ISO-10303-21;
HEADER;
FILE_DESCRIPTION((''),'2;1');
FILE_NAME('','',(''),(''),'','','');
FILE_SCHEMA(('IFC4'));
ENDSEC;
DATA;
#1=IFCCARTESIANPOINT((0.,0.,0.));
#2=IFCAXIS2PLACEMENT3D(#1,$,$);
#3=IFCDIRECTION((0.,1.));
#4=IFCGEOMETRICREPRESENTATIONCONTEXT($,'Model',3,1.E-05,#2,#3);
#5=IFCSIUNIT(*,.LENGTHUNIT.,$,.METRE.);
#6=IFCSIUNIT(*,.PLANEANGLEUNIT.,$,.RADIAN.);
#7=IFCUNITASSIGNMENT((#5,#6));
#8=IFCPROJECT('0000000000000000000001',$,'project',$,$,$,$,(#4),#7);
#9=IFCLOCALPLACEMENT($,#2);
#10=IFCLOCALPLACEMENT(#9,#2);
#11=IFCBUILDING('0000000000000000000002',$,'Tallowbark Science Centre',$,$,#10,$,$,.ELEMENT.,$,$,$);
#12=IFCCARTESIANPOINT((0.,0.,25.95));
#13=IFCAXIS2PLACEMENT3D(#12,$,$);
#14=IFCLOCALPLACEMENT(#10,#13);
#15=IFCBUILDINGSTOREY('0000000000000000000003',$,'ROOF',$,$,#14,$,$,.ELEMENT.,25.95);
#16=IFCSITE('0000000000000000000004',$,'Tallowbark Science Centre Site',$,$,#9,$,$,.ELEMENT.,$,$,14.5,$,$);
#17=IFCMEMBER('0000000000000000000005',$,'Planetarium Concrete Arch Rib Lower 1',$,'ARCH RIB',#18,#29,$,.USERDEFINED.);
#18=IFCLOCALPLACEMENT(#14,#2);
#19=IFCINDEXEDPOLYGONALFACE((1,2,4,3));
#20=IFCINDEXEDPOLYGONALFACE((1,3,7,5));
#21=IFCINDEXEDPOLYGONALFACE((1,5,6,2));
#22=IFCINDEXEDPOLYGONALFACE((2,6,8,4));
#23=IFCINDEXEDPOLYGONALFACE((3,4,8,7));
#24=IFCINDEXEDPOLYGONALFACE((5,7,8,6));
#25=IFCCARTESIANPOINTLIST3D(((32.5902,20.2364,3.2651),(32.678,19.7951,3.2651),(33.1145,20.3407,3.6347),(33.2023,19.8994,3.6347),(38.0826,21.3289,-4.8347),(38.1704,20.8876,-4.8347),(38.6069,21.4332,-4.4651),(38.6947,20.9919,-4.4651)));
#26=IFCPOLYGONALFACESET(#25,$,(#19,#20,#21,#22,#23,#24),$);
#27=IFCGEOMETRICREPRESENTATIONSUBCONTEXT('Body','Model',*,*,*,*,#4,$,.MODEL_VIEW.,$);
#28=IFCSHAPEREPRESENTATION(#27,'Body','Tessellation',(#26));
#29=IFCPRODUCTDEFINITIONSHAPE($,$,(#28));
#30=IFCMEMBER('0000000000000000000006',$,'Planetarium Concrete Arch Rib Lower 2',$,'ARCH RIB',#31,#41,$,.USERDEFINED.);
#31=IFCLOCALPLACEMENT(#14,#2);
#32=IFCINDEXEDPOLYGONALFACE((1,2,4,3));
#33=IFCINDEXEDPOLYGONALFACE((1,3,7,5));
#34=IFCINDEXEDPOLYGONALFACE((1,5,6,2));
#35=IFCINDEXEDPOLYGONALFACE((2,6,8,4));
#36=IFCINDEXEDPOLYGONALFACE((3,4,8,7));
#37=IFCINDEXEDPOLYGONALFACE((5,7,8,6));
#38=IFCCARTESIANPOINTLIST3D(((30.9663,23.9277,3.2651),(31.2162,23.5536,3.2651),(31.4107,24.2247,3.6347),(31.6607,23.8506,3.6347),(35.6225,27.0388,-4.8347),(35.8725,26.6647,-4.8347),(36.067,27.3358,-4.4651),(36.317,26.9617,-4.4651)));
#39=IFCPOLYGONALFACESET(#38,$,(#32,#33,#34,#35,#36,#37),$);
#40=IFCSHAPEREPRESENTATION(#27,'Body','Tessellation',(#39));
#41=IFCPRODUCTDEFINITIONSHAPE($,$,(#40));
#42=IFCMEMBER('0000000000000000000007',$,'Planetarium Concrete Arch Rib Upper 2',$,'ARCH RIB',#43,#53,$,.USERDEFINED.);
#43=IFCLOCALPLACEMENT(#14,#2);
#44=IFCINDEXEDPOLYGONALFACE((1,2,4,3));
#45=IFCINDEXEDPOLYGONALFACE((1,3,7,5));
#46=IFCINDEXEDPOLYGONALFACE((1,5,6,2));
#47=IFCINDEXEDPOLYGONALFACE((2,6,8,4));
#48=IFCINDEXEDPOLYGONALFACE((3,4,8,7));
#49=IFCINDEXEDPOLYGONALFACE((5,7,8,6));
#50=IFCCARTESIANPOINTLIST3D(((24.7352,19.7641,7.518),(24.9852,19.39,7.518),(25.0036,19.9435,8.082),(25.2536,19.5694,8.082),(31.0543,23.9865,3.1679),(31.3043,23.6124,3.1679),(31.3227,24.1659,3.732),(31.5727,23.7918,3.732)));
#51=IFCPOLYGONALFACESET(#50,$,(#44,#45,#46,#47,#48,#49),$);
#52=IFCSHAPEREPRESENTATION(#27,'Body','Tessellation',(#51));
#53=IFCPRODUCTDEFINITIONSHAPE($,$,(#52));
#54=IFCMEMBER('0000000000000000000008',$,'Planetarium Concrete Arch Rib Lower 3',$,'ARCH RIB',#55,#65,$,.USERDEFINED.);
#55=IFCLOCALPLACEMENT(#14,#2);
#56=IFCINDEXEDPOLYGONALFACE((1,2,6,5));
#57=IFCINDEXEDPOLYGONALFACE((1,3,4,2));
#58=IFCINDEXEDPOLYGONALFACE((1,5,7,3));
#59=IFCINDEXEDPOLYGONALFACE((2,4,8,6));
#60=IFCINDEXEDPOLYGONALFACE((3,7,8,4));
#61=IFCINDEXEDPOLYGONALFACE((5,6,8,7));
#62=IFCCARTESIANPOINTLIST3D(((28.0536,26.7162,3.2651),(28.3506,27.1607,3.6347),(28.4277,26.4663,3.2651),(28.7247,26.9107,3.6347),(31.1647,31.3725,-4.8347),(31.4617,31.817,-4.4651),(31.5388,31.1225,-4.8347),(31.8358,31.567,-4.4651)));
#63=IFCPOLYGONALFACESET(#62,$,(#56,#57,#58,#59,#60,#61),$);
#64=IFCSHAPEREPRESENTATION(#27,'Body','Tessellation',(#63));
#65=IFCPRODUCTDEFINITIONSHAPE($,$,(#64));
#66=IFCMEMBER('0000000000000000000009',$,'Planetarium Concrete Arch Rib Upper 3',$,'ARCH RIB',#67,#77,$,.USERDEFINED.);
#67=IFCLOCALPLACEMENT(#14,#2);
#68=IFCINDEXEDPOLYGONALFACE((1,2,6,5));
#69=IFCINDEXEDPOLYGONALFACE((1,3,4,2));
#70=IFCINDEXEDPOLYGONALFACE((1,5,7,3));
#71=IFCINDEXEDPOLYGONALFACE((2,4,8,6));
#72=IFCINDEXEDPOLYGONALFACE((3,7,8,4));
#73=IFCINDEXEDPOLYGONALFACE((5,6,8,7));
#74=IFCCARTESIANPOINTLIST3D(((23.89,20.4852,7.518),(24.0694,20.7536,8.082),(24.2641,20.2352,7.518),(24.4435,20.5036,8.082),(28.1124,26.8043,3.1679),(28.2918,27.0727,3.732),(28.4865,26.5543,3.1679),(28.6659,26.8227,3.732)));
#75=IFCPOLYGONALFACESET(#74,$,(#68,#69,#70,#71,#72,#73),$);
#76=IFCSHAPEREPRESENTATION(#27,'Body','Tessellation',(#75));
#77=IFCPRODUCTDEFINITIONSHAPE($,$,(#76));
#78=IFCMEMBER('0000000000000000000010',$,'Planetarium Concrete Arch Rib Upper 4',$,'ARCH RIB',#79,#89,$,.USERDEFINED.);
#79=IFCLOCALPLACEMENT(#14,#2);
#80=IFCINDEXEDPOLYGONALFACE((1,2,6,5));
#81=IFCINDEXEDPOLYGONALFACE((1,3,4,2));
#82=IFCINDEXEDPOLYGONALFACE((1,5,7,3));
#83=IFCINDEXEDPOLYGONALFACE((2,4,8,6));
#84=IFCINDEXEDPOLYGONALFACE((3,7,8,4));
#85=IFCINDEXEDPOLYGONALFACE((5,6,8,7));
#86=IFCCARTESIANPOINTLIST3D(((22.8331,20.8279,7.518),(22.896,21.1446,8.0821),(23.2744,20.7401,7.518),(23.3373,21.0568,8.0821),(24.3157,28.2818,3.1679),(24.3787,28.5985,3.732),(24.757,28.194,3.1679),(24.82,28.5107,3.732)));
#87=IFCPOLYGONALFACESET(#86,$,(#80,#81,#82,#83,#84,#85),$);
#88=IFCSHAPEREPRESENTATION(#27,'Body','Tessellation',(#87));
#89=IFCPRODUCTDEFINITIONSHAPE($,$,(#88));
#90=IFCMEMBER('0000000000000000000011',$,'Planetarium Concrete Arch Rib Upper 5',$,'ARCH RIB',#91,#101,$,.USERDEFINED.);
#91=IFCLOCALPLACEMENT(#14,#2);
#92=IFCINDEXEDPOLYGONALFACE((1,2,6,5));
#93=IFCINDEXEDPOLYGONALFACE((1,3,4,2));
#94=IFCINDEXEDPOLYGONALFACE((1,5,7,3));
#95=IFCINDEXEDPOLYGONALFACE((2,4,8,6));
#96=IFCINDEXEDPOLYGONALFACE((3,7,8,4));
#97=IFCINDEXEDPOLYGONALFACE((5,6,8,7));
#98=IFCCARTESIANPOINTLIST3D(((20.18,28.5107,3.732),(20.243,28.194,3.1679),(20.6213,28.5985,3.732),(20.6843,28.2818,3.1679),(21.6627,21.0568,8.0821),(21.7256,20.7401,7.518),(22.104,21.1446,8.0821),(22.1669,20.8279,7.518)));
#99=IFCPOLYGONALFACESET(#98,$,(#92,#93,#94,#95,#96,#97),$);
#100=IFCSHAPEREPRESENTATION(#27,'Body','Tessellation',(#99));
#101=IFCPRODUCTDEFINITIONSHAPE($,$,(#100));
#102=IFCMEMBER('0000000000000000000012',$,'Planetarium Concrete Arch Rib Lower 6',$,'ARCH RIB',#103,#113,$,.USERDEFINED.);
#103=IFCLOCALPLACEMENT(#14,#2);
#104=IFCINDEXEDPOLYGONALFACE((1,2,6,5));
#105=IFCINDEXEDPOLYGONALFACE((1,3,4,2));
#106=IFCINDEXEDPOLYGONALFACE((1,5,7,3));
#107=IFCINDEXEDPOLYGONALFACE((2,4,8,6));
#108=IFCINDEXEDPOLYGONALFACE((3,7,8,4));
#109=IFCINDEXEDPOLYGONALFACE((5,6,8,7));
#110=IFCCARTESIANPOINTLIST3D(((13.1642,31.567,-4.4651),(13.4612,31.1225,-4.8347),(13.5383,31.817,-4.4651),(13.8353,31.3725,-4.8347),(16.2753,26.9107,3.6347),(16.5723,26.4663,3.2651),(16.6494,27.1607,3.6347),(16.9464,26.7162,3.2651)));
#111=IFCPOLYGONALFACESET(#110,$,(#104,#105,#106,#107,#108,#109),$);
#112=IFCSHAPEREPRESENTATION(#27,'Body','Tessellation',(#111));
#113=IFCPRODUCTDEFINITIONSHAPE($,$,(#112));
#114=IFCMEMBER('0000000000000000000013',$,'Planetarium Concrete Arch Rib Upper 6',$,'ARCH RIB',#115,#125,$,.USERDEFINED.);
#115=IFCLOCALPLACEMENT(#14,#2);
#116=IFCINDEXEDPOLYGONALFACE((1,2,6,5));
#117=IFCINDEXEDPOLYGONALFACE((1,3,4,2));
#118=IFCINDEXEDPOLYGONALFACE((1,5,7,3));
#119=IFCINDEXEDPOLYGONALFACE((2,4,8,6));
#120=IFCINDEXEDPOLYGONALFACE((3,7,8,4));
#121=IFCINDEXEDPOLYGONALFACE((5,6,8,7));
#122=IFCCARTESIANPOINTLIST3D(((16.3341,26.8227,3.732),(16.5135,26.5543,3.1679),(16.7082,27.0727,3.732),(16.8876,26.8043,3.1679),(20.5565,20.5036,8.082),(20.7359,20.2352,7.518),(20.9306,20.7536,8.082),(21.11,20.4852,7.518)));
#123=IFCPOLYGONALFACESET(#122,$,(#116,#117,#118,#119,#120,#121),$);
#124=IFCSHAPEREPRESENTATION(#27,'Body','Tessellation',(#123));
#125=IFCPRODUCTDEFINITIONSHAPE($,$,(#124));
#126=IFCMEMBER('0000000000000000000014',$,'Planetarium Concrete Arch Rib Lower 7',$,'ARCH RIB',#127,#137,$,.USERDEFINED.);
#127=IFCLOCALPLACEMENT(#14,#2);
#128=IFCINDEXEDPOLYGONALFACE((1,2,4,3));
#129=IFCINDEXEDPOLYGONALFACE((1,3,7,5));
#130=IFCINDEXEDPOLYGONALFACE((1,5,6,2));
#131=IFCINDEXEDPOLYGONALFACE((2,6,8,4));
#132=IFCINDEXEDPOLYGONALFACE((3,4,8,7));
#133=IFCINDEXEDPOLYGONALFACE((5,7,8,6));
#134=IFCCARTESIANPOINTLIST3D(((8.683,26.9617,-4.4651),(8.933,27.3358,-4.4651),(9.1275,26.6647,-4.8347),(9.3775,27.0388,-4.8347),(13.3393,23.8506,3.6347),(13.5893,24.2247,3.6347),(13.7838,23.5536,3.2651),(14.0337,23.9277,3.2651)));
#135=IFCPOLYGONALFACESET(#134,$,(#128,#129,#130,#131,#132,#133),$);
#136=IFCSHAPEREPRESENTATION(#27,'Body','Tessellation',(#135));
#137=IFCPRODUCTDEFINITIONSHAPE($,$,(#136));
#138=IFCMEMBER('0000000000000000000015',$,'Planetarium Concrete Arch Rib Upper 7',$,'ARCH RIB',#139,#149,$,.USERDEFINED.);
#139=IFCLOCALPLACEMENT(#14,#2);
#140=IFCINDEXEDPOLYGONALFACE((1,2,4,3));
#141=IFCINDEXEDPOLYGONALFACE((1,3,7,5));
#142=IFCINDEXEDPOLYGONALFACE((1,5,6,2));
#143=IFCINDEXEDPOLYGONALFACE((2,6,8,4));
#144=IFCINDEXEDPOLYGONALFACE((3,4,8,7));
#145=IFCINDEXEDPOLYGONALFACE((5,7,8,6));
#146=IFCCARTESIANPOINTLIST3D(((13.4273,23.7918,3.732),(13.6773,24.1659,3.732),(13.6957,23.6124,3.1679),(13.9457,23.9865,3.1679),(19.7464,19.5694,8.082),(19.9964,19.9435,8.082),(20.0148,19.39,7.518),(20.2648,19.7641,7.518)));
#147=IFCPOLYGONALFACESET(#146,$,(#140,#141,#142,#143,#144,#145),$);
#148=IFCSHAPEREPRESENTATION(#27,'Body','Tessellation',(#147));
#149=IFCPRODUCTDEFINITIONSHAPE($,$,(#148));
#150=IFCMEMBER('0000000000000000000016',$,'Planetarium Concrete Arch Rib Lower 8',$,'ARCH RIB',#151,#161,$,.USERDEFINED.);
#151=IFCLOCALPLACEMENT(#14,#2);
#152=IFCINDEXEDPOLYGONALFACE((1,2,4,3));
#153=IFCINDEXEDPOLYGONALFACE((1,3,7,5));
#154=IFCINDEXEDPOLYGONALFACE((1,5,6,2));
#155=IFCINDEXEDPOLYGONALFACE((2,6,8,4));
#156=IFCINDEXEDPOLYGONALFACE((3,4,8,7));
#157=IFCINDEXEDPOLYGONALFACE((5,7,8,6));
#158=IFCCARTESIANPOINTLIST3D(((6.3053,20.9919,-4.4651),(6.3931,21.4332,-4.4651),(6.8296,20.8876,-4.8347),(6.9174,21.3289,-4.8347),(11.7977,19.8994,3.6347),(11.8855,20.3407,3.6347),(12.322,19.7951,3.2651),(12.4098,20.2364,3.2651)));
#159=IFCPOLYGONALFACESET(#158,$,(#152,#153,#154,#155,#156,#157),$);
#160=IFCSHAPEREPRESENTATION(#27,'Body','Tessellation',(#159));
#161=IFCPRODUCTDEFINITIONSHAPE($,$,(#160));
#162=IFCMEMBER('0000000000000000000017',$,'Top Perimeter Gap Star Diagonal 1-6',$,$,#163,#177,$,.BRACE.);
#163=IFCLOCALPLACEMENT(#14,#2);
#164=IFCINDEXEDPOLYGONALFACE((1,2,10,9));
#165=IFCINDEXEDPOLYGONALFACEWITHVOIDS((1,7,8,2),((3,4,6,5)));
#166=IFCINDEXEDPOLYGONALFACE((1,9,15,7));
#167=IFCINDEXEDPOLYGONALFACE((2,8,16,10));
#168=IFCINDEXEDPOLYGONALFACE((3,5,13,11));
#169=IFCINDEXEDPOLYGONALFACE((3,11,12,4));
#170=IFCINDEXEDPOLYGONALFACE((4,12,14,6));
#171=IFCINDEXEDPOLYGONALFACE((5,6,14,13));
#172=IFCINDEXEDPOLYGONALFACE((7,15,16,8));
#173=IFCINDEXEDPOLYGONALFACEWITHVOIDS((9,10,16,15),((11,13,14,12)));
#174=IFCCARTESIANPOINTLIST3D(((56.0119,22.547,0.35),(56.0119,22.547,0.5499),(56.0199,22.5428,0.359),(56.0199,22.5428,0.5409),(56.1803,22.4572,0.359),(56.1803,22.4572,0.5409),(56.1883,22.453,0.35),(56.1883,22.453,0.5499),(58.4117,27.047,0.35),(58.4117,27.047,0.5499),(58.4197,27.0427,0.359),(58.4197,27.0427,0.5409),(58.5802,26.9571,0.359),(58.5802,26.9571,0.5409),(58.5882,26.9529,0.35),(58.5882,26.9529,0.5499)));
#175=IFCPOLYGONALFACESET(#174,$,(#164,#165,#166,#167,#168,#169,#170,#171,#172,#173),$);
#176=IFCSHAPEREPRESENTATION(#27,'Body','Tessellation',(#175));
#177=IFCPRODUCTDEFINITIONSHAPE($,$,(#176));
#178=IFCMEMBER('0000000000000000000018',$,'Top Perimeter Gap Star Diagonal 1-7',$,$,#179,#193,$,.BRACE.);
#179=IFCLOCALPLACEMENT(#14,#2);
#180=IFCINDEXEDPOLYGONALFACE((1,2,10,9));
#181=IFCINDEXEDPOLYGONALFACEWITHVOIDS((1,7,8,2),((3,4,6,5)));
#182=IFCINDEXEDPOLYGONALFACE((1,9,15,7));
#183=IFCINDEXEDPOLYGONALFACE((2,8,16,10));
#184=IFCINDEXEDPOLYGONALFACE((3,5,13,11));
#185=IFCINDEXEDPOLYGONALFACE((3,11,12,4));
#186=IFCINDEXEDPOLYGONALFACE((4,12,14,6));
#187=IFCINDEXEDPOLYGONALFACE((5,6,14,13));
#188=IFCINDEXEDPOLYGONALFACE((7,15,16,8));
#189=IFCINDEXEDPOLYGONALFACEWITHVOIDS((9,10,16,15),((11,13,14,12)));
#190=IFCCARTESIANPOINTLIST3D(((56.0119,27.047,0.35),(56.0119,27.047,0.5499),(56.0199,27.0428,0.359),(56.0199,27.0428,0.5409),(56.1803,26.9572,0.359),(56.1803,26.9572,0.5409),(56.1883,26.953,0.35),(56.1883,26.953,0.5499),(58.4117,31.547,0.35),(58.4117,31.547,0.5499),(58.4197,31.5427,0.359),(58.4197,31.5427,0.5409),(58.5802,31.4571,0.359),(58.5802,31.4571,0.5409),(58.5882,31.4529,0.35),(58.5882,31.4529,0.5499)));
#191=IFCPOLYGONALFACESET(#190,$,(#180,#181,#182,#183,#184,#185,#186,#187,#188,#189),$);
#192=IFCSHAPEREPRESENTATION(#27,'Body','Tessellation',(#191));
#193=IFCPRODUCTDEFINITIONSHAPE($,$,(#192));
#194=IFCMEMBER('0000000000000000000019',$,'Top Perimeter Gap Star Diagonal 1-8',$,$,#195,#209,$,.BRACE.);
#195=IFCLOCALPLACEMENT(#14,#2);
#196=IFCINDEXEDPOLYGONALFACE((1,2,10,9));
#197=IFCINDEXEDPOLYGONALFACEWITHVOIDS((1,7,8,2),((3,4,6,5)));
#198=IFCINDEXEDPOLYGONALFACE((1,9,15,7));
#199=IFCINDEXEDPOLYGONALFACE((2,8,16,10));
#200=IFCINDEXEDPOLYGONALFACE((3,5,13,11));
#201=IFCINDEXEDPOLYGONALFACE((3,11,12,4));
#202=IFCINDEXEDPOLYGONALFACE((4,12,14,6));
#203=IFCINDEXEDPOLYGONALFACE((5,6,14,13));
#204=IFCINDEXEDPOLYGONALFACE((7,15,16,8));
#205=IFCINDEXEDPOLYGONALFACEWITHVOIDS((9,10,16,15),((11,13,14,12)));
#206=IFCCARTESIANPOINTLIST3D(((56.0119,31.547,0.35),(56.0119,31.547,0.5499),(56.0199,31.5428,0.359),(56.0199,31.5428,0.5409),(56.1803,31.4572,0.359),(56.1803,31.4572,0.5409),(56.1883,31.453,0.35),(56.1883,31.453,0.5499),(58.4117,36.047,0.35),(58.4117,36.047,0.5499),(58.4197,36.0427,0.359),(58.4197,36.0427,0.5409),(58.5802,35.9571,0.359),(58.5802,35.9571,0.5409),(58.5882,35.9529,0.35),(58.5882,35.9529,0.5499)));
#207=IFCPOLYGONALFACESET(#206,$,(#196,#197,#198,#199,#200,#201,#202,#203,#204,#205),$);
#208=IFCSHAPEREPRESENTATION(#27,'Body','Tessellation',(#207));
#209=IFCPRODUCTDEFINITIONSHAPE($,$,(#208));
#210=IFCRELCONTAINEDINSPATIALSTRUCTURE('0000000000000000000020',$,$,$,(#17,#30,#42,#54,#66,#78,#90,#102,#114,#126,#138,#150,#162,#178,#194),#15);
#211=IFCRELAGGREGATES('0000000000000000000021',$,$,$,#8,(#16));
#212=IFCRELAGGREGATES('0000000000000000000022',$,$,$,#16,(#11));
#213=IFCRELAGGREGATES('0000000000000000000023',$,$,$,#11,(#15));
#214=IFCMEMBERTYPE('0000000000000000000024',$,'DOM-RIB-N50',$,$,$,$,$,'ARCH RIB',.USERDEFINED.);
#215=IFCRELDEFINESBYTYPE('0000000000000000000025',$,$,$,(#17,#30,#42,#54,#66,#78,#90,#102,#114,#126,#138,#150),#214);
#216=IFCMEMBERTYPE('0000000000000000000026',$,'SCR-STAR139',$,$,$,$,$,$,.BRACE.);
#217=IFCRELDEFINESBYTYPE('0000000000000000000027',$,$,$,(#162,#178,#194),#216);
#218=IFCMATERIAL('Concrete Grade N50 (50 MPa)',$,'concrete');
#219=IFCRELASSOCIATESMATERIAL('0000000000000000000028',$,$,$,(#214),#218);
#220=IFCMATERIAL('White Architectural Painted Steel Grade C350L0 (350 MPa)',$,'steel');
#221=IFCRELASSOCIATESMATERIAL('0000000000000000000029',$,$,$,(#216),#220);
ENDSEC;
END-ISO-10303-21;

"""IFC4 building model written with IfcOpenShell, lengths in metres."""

from ifc_helpers import new_model, si_unit, direction, frame, origin, origin_2d, place, context, subcontext, project, spatial, rectangle, hollow_rectangle, extrude, material, material_profile, profile_set, type_object, element, save


model = new_model("IFC4")

# Units and contexts
model_context = context("Model", 3, precision=1e-05, world=origin(), true_north=direction((0.0, 1.0)))
body_context = subcontext(model_context, "Body", "Model", "MODEL_VIEW")
ifc_project = project(units=[si_unit("LENGTHUNIT", "METRE"), si_unit("PLANEANGLEUNIT", "RADIAN")], contexts=[model_context])

# Site, building, storey
site_placement = place(None, origin())
site = spatial("IfcSite", under=ifc_project, at=site_placement, Name="Tallowbark Science Centre Site", CompositionType="ELEMENT", RefElevation=14.5)
building_placement = place(site_placement, origin())
building = spatial("IfcBuilding", under=site, at=building_placement, Name="Tallowbark Science Centre", CompositionType="ELEMENT")
storey_placement = place(building_placement, frame((0.0, 0.0, 25.95)))
storey = spatial("IfcBuildingStorey", under=building, at=storey_placement, Name="ROOF", CompositionType="ELEMENT", Elevation=25.95)

# Shared definitions
ifc_material_1 = material(Name="Concrete Grade N50 (50 MPa)", Category="concrete")
ifc_material_2 = material(Name="White Architectural Painted Steel Grade C350L0 (350 MPa)", Category="steel")

# Members
ifc_material_profile_1 = material_profile(ifc_material_1, rectangle(XDim=0.45, YDim=0.6499, at=origin_2d()), Name="RC450x650")
ifc_profile_set_1 = profile_set([ifc_material_profile_1], Name="Concrete Grade N50 (50 MPa)")
member_type_1 = type_object("IfcMemberType", Name="DOM-RIB-N50", ElementType="ARCH RIB", PredefinedType="USERDEFINED", material=ifc_profile_set_1)
for number, where, z_axis, x_axis, name in (
    (1, (38.3887, 21.1604, -4.6499), (-0.557764, -0.110948, 0.822551), (0.195093, -0.980785, 0.0), "Planetarium Concrete Arch Rib Lower 1"),
    (2, (35.9697, 27.0002, -4.6499), (-0.472851, -0.315936, 0.822555), (0.555555, -0.83148, 0.0), "Planetarium Concrete Arch Rib Lower 2"),
):
    element("IfcMember", number, at=place(storey_placement, frame(where, z_axis=z_axis, x_axis=x_axis)), inside=storey, type_object=member_type_1, Name=name, ObjectType="ARCH RIB", PredefinedType="USERDEFINED", context=body_context, shape_type="SweptSolid", body=[
        extrude(rectangle(XDim=0.45, YDim=0.6499, at=origin_2d()), origin(), (0.0, 0.0, 1.0), 9.8472),
    ])
member_1_placement = place(storey_placement, frame((31.3135, 23.8892, 3.45), z_axis=(-0.721614, -0.482182, 0.496763), x_axis=(0.555582, -0.831462, 0.0)))
element("IfcMember", 3, at=member_1_placement, inside=storey, type_object=member_type_1, Name="Planetarium Concrete Arch Rib Upper 2", ObjectType="ARCH RIB", PredefinedType="USERDEFINED", context=body_context, shape_type="SweptSolid", body=[
    extrude(rectangle(XDim=0.45, YDim=0.6499, at=origin_2d()), origin(), (0.0, 0.0, 1.0), 8.7568),
])
member_2_placement = place(storey_placement, frame((31.5002, 31.4697, -4.6499), z_axis=(-0.315936, -0.472851, 0.822555), x_axis=(0.83148, -0.555555, 0.0)))
element("IfcMember", 4, at=member_2_placement, inside=storey, type_object=member_type_1, Name="Planetarium Concrete Arch Rib Lower 3", ObjectType="ARCH RIB", PredefinedType="USERDEFINED", context=body_context, shape_type="SweptSolid", body=[
    extrude(rectangle(XDim=0.45, YDim=0.6499, at=origin_2d()), origin(), (0.0, 0.0, 1.0), 9.8472),
])
for number, where, z_axis, x_axis, name in (
    (5, (28.3892, 26.8135, 3.45), (-0.482182, -0.721614, 0.496763), (0.831462, -0.555582, 0.0), "Planetarium Concrete Arch Rib Upper 3"),
    (6, (24.5679, 28.3962, 3.45), (-0.169316, -0.851207, 0.496768), (0.980785, -0.195091, 0.0), "Planetarium Concrete Arch Rib Upper 4"),
    (7, (20.4321, 28.3962, 3.45), (0.169316, -0.851207, 0.496768), (0.980785, 0.195091, 0.0), "Planetarium Concrete Arch Rib Upper 5"),
):
    element("IfcMember", number, at=place(storey_placement, frame(where, z_axis=z_axis, x_axis=x_axis)), inside=storey, type_object=member_type_1, Name=name, ObjectType="ARCH RIB", PredefinedType="USERDEFINED", context=body_context, shape_type="SweptSolid", body=[
        extrude(rectangle(XDim=0.45, YDim=0.6499, at=origin_2d()), origin(), (0.0, 0.0, 1.0), 8.7568),
    ])
member_3_placement = place(storey_placement, frame((13.4998, 31.4697, -4.6499), z_axis=(0.315936, -0.472851, 0.822555), x_axis=(0.83148, 0.555555, 0.0)))
element("IfcMember", 8, at=member_3_placement, inside=storey, type_object=member_type_1, Name="Planetarium Concrete Arch Rib Lower 6", ObjectType="ARCH RIB", PredefinedType="USERDEFINED", context=body_context, shape_type="SweptSolid", body=[
    extrude(rectangle(XDim=0.45, YDim=0.6499, at=origin_2d()), origin(), (0.0, 0.0, 1.0), 9.8472),
])
member_4_placement = place(storey_placement, frame((16.6108, 26.8135, 3.45), z_axis=(0.482182, -0.721614, 0.496763), x_axis=(0.831462, 0.555582, 0.0)))
element("IfcMember", 9, at=member_4_placement, inside=storey, type_object=member_type_1, Name="Planetarium Concrete Arch Rib Upper 6", ObjectType="ARCH RIB", PredefinedType="USERDEFINED", context=body_context, shape_type="SweptSolid", body=[
    extrude(rectangle(XDim=0.45, YDim=0.6499, at=origin_2d()), origin(), (0.0, 0.0, 1.0), 8.7568),
])
member_5_placement = place(storey_placement, frame((9.0303, 27.0002, -4.6499), z_axis=(0.472851, -0.315936, 0.822555), x_axis=(0.555555, 0.83148, 0.0)))
element("IfcMember", 10, at=member_5_placement, inside=storey, type_object=member_type_1, Name="Planetarium Concrete Arch Rib Lower 7", ObjectType="ARCH RIB", PredefinedType="USERDEFINED", context=body_context, shape_type="SweptSolid", body=[
    extrude(rectangle(XDim=0.45, YDim=0.6499, at=origin_2d()), origin(), (0.0, 0.0, 1.0), 9.8472),
])
member_6_placement = place(storey_placement, frame((13.6865, 23.8892, 3.45), z_axis=(0.721614, -0.482182, 0.496763), x_axis=(0.555582, 0.831462, 0.0)))
element("IfcMember", 11, at=member_6_placement, inside=storey, type_object=member_type_1, Name="Planetarium Concrete Arch Rib Upper 7", ObjectType="ARCH RIB", PredefinedType="USERDEFINED", context=body_context, shape_type="SweptSolid", body=[
    extrude(rectangle(XDim=0.45, YDim=0.6499, at=origin_2d()), origin(), (0.0, 0.0, 1.0), 8.7568),
])
member_7_placement = place(storey_placement, frame((6.6113, 21.1604, -4.6499), z_axis=(0.557764, -0.110948, 0.822551), x_axis=(0.195093, 0.980785, 0.0)))
element("IfcMember", 12, at=member_7_placement, inside=storey, type_object=member_type_1, Name="Planetarium Concrete Arch Rib Lower 8", ObjectType="ARCH RIB", PredefinedType="USERDEFINED", context=body_context, shape_type="SweptSolid", body=[
    extrude(rectangle(XDim=0.45, YDim=0.6499, at=origin_2d()), origin(), (0.0, 0.0, 1.0), 9.8472),
])
ifc_material_profile_2 = material_profile(ifc_material_2, hollow_rectangle(XDim=0.2, YDim=0.2, WallThickness=0.009, at=origin_2d()), Name="200x200x9.0SHS")
ifc_profile_set_2 = profile_set([ifc_material_profile_2], Name="White Architectural Painted Steel Grade C350L0 (350 MPa)")
member_type_2 = type_object("IfcMemberType", Name="SCR-STAR139", PredefinedType="BRACE", material=ifc_profile_set_2)
for number, where, z_axis, x_axis, name in (
    (13, (56.1001, 22.5, 0.45), (0.470573, 0.882361, 0.0), (-0.882361, 0.470573, 0.0), "Top Perimeter Gap Star Diagonal 1-6"),
    (14, (56.1001, 27.0, 0.45), (0.470573, 0.882361, 0.0), (-0.882361, 0.470573, 0.0), "Top Perimeter Gap Star Diagonal 1-7"),
    (15, (56.1001, 31.5, 0.45), (0.470573, 0.882361, 0.0), (-0.882361, 0.470573, 0.0), "Top Perimeter Gap Star Diagonal 1-8"),
):
    element("IfcMember", number, at=place(storey_placement, frame(where, z_axis=z_axis, x_axis=x_axis)), inside=storey, type_object=member_type_2, Name=name, PredefinedType="BRACE", context=body_context, shape_type="SweptSolid", body=[
        extrude(hollow_rectangle(XDim=0.2, YDim=0.2, WallThickness=0.009, at=origin_2d()), origin(), (0.0, 0.0, 1.0), 5.0999),
    ])

save(model, "model.ifc")
